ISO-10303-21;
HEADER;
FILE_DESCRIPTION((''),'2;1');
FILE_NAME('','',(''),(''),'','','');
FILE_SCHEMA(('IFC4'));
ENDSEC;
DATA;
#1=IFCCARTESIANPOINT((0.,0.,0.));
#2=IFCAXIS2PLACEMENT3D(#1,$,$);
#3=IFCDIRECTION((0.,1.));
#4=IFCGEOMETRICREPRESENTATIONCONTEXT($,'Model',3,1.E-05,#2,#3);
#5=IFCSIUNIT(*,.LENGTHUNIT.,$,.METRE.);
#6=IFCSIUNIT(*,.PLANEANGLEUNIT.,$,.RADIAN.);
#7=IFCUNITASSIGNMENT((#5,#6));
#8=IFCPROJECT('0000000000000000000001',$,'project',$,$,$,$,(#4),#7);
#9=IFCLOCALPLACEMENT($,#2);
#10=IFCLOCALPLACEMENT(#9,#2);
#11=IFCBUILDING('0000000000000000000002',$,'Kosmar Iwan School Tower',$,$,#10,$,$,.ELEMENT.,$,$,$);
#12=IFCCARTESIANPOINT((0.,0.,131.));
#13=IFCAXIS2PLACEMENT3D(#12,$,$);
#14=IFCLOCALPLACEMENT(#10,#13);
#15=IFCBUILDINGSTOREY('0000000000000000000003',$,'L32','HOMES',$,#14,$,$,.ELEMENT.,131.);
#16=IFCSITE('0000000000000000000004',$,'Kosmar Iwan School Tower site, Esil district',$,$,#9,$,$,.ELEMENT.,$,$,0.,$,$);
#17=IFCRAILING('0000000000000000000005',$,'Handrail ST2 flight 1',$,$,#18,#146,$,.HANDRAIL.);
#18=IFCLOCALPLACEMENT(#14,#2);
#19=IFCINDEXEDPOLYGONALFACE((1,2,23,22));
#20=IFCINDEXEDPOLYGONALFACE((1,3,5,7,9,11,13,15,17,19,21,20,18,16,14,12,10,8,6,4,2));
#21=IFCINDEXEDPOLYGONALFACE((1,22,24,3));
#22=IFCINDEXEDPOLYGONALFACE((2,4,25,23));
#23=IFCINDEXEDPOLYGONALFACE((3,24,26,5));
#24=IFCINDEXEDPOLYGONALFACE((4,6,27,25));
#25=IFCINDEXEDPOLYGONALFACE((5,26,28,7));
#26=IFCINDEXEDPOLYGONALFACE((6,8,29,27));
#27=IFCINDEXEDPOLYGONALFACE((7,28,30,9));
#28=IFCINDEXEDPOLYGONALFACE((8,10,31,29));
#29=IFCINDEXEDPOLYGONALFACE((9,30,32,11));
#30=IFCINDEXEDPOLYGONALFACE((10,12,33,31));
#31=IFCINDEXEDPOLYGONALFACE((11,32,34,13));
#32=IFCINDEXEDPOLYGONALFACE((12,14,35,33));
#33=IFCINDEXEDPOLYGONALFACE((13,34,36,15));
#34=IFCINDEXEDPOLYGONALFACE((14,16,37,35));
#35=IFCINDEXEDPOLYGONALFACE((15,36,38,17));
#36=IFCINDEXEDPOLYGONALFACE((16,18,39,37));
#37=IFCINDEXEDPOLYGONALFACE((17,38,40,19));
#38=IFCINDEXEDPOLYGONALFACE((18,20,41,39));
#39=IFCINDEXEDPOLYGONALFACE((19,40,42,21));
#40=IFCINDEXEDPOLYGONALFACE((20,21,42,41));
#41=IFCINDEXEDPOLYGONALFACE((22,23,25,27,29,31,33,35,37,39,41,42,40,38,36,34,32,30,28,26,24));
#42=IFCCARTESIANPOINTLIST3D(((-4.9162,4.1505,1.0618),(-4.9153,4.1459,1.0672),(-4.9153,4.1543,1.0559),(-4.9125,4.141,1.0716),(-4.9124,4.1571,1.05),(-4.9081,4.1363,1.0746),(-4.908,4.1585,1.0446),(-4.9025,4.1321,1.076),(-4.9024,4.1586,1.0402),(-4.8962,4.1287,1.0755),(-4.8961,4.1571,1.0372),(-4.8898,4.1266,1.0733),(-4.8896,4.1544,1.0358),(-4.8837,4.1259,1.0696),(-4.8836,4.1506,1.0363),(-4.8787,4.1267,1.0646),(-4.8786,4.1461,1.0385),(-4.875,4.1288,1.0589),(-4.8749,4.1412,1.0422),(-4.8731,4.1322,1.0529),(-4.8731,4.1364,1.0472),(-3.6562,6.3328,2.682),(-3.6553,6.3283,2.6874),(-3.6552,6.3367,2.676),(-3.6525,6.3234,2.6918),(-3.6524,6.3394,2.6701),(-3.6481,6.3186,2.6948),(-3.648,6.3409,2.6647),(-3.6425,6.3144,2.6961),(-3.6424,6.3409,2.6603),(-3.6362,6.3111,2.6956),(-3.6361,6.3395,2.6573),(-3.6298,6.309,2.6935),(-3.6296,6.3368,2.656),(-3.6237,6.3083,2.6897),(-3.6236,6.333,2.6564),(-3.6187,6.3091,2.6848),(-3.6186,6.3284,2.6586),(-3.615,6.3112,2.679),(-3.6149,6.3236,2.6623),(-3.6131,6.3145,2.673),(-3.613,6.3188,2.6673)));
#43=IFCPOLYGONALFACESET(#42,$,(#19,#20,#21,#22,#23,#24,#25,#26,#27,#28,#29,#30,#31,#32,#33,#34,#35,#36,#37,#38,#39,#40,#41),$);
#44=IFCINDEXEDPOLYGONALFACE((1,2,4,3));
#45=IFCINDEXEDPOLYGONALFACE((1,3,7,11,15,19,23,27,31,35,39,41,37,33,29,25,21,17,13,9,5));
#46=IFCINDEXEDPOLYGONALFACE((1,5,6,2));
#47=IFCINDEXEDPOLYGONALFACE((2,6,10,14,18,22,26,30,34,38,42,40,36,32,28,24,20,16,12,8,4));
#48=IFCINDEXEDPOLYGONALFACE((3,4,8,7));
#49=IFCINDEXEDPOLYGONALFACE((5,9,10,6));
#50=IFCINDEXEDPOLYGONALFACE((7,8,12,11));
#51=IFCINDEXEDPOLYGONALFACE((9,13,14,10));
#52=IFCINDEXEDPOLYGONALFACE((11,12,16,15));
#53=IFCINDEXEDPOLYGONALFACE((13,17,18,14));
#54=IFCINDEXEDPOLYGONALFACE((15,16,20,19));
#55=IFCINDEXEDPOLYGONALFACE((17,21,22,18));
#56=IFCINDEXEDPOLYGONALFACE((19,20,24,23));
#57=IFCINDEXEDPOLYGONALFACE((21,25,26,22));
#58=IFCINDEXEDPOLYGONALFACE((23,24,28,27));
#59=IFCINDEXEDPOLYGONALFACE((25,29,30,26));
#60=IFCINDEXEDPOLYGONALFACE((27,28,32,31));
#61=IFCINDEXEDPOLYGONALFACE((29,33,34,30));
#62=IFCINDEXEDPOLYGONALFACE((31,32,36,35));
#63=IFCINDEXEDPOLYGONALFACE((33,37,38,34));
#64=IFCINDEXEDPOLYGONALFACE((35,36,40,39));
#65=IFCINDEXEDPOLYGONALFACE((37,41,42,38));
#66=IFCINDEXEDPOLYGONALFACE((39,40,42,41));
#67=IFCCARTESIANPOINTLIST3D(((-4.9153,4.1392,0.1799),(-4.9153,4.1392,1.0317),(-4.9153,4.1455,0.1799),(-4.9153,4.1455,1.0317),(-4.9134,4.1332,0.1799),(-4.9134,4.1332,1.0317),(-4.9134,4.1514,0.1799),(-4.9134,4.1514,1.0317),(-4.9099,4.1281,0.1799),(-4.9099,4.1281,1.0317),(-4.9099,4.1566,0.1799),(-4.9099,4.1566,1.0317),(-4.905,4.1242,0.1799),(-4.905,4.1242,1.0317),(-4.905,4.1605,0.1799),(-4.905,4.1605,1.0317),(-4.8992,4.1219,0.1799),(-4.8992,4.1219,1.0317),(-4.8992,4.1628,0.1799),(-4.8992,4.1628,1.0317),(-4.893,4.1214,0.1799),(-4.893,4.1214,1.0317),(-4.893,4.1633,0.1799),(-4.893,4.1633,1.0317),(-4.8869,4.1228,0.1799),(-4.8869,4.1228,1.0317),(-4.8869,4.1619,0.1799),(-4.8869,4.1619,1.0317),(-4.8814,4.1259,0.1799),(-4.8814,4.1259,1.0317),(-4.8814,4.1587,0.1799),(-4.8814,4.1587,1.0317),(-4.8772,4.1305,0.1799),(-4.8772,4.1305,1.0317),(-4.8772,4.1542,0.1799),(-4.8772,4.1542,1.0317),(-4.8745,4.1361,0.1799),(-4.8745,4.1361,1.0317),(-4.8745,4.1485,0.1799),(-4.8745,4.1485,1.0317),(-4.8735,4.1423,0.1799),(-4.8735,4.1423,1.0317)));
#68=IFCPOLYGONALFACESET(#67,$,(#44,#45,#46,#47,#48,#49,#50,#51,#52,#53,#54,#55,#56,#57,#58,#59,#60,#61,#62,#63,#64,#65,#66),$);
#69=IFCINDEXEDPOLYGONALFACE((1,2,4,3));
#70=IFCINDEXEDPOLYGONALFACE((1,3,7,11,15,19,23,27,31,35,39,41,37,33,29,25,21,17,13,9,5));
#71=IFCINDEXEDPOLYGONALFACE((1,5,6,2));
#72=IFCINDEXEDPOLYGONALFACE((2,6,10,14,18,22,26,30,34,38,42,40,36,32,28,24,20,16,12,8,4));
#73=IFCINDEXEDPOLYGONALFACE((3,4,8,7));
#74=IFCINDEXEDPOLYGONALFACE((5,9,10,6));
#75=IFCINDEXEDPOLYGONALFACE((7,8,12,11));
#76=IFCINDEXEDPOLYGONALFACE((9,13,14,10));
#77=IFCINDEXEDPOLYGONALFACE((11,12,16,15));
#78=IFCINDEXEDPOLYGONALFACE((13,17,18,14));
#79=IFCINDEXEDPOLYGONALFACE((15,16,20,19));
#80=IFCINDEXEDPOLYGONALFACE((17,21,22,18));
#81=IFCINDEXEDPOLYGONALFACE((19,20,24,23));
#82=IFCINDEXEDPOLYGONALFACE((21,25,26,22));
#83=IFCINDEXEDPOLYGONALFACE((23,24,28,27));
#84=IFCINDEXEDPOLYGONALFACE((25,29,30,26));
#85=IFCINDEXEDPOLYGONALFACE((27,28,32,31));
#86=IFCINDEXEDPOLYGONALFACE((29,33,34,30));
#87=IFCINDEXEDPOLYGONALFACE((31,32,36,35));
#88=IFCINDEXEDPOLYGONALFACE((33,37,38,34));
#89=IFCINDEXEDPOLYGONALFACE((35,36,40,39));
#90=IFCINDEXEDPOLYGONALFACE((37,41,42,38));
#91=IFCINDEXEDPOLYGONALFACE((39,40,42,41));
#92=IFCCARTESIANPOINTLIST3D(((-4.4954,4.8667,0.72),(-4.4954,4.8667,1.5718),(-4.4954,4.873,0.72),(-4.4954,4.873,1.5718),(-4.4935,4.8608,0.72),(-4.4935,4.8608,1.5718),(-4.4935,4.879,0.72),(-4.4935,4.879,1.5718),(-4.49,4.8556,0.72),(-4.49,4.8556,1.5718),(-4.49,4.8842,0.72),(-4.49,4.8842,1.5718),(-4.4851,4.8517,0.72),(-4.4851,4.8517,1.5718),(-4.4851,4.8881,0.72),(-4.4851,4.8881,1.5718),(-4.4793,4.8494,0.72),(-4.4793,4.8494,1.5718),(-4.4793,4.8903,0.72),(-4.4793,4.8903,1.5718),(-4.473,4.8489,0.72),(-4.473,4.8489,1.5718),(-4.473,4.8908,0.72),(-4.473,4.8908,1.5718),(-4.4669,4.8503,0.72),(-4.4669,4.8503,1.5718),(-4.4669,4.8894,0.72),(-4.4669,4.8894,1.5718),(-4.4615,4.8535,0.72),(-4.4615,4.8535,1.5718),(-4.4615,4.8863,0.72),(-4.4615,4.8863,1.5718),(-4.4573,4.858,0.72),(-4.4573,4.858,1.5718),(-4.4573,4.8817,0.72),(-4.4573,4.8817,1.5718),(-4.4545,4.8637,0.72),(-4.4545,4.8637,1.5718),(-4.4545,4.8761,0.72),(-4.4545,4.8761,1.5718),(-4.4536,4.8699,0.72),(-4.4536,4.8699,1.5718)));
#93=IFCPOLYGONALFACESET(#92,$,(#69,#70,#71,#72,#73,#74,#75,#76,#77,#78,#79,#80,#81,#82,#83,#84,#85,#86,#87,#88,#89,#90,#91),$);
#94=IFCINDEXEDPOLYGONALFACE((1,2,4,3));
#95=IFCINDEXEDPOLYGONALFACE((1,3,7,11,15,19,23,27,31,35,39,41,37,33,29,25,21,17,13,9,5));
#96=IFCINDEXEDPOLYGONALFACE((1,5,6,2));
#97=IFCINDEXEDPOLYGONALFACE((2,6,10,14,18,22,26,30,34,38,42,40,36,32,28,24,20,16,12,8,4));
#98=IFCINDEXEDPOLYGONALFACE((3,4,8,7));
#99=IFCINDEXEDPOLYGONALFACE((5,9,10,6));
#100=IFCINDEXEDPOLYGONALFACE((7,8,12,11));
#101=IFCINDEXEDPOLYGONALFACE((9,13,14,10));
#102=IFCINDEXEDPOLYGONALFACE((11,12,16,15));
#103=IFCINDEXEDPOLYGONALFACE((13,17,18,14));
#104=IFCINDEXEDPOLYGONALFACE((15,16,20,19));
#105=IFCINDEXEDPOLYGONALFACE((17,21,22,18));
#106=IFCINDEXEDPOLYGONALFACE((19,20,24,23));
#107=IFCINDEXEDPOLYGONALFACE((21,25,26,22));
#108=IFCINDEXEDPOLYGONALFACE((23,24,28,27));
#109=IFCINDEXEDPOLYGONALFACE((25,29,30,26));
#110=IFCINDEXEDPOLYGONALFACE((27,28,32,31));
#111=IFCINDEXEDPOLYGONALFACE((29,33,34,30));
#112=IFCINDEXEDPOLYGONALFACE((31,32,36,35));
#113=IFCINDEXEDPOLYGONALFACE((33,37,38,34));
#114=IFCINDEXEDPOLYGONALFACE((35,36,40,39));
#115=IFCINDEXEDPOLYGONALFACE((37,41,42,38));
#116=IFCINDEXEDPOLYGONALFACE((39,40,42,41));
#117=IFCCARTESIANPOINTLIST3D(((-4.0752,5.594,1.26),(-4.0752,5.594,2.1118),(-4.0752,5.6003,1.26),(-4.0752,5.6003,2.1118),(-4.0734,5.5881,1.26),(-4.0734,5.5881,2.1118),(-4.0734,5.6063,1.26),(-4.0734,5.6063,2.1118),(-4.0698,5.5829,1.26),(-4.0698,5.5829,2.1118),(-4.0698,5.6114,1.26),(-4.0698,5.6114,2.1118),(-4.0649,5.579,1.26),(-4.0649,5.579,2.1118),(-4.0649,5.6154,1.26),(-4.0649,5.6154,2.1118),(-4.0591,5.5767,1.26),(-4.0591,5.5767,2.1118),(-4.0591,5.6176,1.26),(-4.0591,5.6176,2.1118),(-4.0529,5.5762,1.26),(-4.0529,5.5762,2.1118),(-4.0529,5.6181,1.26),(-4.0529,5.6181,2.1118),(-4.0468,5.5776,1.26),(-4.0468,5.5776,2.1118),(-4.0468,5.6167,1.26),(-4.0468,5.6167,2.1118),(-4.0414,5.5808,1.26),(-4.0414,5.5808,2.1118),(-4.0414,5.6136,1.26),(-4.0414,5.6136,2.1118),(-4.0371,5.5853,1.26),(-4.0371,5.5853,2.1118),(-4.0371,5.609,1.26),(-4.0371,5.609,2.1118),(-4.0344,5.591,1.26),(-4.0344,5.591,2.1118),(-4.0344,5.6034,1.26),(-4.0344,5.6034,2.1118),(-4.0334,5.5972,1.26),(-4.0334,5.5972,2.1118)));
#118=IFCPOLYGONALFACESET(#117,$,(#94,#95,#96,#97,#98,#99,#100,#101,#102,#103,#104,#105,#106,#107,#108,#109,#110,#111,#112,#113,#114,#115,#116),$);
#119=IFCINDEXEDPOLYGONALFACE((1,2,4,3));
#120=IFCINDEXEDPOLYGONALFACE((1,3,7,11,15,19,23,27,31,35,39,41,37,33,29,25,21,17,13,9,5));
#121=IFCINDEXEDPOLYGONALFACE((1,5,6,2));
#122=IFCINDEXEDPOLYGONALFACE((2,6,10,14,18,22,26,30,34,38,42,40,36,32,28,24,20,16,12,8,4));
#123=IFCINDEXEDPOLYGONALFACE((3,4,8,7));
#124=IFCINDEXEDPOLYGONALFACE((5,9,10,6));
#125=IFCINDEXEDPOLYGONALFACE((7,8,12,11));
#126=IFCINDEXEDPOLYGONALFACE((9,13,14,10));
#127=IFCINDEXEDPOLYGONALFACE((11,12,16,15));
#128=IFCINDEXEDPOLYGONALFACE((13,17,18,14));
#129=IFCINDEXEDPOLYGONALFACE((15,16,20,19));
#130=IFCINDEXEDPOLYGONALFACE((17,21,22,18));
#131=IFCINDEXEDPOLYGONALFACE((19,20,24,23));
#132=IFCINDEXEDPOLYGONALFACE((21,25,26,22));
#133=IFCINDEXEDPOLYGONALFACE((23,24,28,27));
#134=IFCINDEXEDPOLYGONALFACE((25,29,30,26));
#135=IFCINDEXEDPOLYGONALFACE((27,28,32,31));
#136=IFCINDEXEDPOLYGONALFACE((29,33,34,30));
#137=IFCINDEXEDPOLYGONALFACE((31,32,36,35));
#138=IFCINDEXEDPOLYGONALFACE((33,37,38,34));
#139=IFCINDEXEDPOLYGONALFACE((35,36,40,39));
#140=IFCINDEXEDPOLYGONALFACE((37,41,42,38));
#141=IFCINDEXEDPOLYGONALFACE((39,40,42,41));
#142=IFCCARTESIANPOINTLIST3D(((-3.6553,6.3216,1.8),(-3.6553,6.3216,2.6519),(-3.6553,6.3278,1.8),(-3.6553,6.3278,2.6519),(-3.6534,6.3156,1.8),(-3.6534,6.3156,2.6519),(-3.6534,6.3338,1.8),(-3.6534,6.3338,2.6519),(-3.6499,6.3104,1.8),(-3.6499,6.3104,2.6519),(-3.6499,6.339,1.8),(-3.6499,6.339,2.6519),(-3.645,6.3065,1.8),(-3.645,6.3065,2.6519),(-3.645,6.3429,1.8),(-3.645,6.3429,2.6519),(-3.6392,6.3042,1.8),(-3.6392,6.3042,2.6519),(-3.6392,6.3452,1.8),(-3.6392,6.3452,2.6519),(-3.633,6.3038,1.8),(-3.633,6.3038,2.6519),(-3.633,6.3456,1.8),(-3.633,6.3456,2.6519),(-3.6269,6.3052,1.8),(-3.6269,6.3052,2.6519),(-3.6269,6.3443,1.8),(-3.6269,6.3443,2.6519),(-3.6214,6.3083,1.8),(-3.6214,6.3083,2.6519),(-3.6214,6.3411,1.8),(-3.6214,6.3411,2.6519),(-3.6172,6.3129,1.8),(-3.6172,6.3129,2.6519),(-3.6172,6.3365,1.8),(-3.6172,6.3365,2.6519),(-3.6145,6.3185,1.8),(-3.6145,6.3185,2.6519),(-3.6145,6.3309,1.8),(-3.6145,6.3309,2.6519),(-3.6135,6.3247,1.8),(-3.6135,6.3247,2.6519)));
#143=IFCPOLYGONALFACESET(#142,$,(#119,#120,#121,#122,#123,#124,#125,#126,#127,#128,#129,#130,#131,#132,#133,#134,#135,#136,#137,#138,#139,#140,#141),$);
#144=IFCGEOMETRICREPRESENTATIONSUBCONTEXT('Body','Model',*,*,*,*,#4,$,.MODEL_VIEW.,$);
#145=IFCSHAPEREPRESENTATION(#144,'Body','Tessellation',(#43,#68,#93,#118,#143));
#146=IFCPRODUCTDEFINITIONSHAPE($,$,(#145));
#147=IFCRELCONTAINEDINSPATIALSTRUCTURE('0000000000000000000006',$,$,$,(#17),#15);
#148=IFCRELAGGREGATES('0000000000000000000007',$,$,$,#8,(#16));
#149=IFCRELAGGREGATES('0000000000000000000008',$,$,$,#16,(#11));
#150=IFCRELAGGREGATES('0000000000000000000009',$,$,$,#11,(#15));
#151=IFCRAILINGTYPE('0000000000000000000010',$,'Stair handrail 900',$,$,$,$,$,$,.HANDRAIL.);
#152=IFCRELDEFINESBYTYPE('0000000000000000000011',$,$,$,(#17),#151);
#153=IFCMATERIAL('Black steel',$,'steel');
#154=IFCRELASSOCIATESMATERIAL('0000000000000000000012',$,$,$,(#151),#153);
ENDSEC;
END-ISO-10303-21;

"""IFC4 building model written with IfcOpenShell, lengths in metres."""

from ifc_helpers import new_model, si_unit, direction, frame, origin, origin_2d, place, context, subcontext, project, spatial, circle, extrude, material, type_object, element, save


model = new_model("IFC4")

# Units and contexts
model_context = context("Model", 3, precision=1e-05, world=origin(), true_north=direction((0.0, 1.0)))
body_context = subcontext(model_context, "Body", "Model", "MODEL_VIEW")
ifc_project = project(units=[si_unit("LENGTHUNIT", "METRE"), si_unit("PLANEANGLEUNIT", "RADIAN")], contexts=[model_context])

# Site, building, storey
site_placement = place(None, origin())
site = spatial("IfcSite", under=ifc_project, at=site_placement, Name="Kosmar Iwan School Tower site, Esil district", CompositionType="ELEMENT", RefElevation=0.0)
building_placement = place(site_placement, origin())
building = spatial("IfcBuilding", under=site, at=building_placement, Name="Kosmar Iwan School Tower", CompositionType="ELEMENT")
storey_placement = place(building_placement, frame((0.0, 0.0, 131.0)))
storey = spatial("IfcBuildingStorey", under=building, at=storey_placement, Name="L32", Description="HOMES", CompositionType="ELEMENT", Elevation=131.0)

# Railing
ifc_material_1 = material(Name="Black steel", Category="steel")
railing_type = type_object("IfcRailingType", Name="Stair handrail 900", PredefinedType="HANDRAIL", material=ifc_material_1)
railing_1_placement = place(storey_placement, frame((-4.8945, 4.1423, 0.1799)))
element("IfcRailing", 1, at=railing_1_placement, inside=storey, type_object=railing_type, Name="Handrail ST2 flight 1", PredefinedType="HANDRAIL", context=body_context, shape_type="SweptSolid", body=[
    extrude(circle(Radius=0.0239, at=origin_2d()), frame((0.0, 0.0, 0.876), z_axis=(0.420584, 0.728464, 0.540786), x_axis=(-0.866023, 0.500005, 0.0)), (0.0, 0.0, 1.0), 2.9958),
    extrude(circle(Radius=0.021, at=origin_2d()), origin(), (0.0, 0.0, 1.0), 0.8518),
    extrude(circle(Radius=0.021, at=origin_2d()), frame((0.4199, 0.7275, 0.54)), (0.0, 0.0, 1.0), 0.8518),
    extrude(circle(Radius=0.021, at=origin_2d()), frame((0.8401, 1.4548, 1.0801)), (0.0, 0.0, 1.0), 0.8518),
    extrude(circle(Radius=0.021, at=origin_2d()), frame((1.26, 2.1824, 1.6201)), (0.0, 0.0, 1.0), 0.8518),
])

save(model, "model.ifc")
